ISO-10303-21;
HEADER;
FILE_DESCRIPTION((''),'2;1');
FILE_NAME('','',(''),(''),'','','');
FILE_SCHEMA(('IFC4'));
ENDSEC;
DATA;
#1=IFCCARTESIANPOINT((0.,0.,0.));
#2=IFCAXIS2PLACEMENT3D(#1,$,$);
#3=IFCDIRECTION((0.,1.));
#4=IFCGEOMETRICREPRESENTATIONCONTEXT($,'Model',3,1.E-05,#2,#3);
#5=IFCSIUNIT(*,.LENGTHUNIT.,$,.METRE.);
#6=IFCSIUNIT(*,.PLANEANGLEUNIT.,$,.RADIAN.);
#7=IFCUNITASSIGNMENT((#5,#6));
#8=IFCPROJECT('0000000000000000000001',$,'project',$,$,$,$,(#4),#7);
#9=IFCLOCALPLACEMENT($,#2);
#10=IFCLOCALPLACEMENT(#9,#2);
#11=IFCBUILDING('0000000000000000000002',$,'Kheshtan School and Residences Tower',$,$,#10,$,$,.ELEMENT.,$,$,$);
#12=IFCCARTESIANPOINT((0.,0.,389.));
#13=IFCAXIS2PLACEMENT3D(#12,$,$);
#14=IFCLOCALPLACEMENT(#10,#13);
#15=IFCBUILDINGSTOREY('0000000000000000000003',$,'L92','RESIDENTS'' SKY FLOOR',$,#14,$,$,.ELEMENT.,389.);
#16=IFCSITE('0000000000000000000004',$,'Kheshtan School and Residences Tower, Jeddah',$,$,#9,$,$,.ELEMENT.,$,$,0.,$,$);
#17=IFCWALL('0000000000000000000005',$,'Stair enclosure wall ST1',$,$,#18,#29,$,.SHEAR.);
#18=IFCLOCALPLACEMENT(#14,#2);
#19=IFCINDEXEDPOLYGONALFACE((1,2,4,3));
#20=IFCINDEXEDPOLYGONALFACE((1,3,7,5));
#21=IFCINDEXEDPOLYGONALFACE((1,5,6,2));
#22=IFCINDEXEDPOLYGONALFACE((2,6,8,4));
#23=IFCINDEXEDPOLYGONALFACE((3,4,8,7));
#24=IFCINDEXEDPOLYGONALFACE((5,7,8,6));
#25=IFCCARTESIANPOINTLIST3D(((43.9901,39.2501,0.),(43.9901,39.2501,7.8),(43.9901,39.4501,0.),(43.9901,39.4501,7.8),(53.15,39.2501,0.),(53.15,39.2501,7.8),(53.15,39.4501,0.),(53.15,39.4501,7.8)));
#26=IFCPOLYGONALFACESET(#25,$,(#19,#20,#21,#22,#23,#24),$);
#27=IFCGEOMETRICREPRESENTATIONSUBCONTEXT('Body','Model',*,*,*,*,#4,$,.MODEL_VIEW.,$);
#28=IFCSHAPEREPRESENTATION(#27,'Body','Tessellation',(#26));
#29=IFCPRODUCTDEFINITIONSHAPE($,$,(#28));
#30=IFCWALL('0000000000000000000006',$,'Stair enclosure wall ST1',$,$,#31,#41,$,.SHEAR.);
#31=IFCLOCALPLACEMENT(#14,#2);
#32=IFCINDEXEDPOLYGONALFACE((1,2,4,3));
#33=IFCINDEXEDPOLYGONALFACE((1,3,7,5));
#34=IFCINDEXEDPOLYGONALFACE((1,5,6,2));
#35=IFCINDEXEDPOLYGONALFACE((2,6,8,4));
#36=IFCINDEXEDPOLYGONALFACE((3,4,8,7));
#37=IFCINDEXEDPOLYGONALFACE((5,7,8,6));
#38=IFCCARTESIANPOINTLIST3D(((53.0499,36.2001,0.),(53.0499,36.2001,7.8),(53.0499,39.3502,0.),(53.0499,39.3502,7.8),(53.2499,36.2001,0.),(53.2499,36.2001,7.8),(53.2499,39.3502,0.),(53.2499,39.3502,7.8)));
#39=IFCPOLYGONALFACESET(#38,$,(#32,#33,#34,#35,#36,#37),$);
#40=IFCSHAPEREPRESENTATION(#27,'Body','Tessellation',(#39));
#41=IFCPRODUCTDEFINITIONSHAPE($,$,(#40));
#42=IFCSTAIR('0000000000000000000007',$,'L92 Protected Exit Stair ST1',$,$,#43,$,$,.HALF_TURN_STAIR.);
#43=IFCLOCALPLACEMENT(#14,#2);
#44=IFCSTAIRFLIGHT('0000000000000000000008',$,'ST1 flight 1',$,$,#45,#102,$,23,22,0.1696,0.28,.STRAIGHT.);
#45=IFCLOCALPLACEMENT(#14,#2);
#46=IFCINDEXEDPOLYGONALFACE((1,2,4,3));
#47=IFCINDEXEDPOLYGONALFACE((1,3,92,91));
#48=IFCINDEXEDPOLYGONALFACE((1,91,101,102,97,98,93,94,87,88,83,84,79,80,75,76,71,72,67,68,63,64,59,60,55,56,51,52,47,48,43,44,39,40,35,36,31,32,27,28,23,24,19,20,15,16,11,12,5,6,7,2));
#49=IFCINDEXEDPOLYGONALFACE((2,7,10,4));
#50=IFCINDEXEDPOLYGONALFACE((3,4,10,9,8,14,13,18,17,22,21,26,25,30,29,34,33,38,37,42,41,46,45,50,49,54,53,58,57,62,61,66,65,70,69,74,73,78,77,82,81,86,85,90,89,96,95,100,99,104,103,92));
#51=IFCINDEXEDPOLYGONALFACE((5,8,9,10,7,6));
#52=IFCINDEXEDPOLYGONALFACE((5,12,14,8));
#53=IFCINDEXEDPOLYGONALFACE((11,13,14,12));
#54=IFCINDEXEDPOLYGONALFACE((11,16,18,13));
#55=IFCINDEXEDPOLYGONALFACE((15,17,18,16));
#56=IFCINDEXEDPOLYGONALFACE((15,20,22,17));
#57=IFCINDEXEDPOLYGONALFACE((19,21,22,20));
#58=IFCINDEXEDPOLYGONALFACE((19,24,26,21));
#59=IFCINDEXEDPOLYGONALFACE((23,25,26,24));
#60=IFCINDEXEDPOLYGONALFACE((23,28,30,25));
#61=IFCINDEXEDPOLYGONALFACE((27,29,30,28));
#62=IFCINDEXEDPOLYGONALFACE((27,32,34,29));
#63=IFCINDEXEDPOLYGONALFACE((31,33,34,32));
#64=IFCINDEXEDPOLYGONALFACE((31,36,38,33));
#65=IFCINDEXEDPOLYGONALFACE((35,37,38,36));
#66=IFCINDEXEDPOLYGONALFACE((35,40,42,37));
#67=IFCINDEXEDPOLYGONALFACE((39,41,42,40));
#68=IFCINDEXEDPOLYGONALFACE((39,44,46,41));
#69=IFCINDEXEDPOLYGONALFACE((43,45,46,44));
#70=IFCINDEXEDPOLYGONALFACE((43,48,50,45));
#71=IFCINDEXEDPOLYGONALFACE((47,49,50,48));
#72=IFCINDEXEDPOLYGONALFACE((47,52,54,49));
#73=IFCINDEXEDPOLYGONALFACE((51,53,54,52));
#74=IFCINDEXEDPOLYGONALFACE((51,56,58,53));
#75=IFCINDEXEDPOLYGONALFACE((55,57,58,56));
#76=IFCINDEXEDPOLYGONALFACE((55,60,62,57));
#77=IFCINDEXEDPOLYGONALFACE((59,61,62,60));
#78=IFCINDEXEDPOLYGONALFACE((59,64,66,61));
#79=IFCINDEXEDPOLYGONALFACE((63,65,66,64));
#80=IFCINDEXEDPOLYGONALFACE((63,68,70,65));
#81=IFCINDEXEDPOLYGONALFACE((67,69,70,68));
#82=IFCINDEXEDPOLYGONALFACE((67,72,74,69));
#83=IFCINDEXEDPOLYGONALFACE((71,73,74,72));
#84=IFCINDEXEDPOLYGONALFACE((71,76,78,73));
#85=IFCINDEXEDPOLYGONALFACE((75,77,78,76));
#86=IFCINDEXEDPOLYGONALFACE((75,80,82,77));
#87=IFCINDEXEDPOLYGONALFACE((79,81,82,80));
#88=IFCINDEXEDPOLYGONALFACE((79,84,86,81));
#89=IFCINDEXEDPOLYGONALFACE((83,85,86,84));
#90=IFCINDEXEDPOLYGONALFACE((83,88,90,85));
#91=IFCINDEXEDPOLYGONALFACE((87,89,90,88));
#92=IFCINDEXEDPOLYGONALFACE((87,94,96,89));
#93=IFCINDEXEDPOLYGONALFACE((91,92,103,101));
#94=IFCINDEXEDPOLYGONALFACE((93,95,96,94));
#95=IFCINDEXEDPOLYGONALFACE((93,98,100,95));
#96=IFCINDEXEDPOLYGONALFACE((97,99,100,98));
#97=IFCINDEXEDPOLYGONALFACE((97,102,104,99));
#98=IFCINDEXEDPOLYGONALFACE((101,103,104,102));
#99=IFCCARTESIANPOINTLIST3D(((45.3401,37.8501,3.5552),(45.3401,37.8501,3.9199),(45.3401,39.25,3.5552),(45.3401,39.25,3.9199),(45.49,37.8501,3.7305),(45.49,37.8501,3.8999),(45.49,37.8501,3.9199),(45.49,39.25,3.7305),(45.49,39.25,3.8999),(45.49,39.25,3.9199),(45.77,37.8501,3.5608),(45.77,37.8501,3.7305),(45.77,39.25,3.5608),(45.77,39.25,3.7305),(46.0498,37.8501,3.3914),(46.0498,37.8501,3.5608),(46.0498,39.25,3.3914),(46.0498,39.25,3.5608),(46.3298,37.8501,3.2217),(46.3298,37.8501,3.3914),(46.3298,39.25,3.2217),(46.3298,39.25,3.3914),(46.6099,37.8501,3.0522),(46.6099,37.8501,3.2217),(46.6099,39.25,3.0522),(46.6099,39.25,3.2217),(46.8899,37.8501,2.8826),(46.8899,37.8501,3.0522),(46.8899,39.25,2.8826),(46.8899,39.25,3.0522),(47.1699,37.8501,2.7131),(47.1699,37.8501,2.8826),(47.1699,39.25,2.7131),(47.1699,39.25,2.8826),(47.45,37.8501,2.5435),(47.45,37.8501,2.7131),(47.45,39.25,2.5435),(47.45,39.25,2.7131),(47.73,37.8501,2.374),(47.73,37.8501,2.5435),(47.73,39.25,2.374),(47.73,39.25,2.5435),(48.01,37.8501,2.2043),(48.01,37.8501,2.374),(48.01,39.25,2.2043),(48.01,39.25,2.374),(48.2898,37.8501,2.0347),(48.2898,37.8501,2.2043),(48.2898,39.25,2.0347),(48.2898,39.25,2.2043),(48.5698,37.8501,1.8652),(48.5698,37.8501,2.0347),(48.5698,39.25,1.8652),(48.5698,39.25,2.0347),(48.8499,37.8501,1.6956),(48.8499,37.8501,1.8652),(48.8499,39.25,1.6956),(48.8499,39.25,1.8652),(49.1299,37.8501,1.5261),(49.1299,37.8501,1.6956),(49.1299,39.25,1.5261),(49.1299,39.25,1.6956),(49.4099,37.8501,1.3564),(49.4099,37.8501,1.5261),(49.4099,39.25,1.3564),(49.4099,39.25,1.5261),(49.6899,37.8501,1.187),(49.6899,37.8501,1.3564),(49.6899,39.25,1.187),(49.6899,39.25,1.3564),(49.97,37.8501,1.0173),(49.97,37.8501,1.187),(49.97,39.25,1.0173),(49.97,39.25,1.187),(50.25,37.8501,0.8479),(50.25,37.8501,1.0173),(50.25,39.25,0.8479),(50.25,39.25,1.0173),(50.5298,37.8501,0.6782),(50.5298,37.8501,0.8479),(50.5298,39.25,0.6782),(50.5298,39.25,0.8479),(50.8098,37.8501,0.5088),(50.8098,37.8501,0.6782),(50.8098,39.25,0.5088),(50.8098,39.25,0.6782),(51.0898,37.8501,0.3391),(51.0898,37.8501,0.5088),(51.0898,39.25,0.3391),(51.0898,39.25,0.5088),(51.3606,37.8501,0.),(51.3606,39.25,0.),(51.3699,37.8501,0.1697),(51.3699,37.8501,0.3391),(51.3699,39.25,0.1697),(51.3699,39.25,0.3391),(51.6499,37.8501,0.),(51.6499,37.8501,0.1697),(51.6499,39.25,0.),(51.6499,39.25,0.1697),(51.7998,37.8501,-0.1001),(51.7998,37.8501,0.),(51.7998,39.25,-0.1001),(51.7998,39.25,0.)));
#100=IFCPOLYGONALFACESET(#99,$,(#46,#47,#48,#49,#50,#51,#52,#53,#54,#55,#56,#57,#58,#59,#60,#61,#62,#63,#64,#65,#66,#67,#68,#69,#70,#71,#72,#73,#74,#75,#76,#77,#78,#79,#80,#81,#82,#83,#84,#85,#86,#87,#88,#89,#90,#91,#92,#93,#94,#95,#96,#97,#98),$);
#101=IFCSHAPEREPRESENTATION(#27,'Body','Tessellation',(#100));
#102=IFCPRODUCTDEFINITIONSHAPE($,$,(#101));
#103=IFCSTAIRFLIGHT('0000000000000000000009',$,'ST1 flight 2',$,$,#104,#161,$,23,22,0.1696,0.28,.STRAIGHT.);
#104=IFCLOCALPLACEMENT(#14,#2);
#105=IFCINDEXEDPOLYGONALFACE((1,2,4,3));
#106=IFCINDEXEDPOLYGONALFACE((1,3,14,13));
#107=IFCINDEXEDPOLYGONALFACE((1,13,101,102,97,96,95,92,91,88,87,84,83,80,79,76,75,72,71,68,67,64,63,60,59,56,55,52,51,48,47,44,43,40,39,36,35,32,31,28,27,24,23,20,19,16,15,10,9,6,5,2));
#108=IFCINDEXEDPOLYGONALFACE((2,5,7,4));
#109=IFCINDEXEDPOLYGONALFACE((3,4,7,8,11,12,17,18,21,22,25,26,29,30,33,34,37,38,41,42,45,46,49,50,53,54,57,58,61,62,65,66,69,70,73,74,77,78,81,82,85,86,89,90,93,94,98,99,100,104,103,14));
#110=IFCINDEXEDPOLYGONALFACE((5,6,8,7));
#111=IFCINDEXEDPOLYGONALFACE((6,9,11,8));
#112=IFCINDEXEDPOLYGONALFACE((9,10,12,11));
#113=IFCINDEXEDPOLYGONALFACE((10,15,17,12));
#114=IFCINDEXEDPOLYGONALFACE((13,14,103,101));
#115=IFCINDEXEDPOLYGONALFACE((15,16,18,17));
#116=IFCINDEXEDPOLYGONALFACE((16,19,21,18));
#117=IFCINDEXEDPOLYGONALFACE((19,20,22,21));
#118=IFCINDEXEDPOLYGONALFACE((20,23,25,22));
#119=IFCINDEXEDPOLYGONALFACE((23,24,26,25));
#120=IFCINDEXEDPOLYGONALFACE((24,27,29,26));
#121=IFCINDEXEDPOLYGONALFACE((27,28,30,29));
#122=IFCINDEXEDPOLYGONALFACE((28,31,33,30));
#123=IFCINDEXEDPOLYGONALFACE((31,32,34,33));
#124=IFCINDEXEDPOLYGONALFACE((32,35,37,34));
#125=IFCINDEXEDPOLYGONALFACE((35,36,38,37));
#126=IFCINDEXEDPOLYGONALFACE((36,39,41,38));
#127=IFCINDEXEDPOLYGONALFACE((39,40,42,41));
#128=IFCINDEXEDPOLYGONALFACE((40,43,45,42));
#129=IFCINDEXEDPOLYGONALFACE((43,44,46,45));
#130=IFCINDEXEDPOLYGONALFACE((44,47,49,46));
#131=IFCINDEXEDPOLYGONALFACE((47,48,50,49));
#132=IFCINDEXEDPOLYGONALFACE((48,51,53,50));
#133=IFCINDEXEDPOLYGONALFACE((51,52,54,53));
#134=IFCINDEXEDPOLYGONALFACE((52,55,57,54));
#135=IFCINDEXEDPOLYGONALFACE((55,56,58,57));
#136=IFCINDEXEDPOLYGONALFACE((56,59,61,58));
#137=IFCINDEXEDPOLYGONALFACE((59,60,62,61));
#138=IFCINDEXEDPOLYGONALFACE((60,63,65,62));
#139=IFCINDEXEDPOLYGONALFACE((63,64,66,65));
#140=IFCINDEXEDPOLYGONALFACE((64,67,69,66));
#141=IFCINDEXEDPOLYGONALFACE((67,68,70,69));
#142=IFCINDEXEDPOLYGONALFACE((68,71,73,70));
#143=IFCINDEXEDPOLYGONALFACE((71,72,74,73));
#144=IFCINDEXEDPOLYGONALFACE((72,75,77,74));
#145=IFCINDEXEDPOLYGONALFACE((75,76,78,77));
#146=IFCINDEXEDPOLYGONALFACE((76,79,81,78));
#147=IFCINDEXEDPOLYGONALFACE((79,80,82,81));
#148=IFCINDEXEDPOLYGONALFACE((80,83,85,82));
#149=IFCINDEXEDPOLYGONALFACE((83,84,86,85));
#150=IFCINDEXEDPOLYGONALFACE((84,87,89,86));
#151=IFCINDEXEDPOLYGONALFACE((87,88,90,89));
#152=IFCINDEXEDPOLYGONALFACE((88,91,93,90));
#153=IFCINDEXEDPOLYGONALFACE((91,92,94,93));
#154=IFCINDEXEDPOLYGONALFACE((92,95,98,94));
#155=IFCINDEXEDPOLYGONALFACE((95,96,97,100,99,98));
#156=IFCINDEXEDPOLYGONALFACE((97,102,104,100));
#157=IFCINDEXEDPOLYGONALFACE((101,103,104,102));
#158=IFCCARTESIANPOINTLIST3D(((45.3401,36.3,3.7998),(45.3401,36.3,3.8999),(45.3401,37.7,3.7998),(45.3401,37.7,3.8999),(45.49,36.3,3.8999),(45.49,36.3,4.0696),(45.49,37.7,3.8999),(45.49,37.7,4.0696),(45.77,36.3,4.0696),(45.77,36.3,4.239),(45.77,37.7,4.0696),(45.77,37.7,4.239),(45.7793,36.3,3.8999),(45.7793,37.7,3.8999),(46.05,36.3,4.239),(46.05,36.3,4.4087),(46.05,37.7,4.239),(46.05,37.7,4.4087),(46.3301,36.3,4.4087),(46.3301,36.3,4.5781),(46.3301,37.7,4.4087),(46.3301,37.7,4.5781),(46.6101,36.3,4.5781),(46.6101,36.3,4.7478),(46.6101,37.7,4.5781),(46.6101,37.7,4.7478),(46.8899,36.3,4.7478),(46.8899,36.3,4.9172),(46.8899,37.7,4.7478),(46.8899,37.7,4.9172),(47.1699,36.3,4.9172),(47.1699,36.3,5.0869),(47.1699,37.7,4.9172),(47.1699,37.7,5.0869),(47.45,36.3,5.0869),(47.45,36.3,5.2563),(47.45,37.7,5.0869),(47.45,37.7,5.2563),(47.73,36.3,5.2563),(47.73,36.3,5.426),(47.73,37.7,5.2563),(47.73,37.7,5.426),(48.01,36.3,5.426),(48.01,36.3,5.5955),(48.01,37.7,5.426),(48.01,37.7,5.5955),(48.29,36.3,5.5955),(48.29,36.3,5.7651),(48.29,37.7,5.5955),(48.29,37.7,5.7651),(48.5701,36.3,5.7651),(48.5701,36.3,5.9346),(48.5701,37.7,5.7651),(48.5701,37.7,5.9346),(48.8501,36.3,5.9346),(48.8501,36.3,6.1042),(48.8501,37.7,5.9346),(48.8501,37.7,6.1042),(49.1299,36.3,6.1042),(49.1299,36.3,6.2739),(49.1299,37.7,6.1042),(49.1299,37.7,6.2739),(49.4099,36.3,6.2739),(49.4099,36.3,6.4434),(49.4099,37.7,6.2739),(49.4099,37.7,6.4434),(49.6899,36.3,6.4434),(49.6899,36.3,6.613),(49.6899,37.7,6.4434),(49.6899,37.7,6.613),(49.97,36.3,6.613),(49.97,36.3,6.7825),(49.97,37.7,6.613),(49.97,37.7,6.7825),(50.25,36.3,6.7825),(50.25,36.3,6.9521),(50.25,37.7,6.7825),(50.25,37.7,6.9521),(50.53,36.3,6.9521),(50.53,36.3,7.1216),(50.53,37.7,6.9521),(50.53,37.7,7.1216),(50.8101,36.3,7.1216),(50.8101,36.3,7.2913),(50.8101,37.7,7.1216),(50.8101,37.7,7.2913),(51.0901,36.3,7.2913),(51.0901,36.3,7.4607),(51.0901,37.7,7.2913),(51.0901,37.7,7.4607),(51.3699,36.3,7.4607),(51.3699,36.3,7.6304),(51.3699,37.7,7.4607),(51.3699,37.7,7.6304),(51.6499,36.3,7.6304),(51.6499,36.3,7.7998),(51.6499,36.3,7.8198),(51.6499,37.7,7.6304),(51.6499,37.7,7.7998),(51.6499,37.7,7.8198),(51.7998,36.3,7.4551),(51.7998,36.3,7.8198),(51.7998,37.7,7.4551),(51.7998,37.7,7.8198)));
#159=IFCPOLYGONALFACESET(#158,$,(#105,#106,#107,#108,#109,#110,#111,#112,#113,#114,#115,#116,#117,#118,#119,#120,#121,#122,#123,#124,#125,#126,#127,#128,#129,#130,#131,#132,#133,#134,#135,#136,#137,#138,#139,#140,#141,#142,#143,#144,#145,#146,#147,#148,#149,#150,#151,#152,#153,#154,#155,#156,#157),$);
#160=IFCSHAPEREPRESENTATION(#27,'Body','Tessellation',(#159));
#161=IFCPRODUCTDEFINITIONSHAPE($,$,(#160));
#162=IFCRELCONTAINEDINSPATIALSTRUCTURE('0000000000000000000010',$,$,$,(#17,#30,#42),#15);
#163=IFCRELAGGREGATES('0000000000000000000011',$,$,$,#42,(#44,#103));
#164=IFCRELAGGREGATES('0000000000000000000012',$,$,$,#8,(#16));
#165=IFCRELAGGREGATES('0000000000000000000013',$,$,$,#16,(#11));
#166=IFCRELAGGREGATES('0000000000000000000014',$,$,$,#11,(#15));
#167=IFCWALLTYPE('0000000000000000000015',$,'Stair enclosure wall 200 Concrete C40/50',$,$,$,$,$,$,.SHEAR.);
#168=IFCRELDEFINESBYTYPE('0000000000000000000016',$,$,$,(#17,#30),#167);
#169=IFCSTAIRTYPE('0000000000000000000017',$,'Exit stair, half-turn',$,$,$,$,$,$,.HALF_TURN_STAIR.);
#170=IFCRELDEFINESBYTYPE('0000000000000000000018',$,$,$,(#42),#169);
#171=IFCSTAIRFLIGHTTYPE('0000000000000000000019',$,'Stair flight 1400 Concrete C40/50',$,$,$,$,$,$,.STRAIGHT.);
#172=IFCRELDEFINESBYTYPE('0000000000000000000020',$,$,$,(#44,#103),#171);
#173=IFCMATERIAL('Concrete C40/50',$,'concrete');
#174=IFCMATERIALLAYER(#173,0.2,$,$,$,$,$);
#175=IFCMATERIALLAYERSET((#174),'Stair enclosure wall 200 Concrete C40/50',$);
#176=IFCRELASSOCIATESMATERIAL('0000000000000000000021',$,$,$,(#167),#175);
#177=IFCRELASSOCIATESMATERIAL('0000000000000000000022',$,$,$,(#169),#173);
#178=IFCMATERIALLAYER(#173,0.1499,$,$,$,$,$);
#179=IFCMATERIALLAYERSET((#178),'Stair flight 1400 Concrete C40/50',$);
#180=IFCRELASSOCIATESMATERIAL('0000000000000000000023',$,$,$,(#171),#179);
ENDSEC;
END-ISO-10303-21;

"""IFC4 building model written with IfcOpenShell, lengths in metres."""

from ifc_helpers import new_model, si_unit, direction, frame, frame_2d, origin, place, context, subcontext, project, spatial, polyline, rectangle, outline, extrude, material, layer, layer_set, type_object, element, aggregate, save


model = new_model("IFC4")

# Units and contexts
model_context = context("Model", 3, precision=1e-05, world=origin(), true_north=direction((0.0, 1.0)))
body_context = subcontext(model_context, "Body", "Model", "MODEL_VIEW")
ifc_project = project(units=[si_unit("LENGTHUNIT", "METRE"), si_unit("PLANEANGLEUNIT", "RADIAN")], contexts=[model_context])

# Site, building, storey
site_placement = place(None, origin())
site = spatial("IfcSite", under=ifc_project, at=site_placement, Name="Kheshtan School and Residences Tower, Jeddah", CompositionType="ELEMENT", RefElevation=0.0)
building_placement = place(site_placement, origin())
building = spatial("IfcBuilding", under=site, at=building_placement, Name="Kheshtan School and Residences Tower", CompositionType="ELEMENT")
storey_placement = place(building_placement, frame((0.0, 0.0, 389.0)))
storey = spatial("IfcBuildingStorey", under=building, at=storey_placement, Name="L92", Description="RESIDENTS' SKY FLOOR", CompositionType="ELEMENT", Elevation=389.0)

# Walls
ifc_material_1 = material(Name="Concrete C40/50", Category="concrete")
ifc_layer_1 = layer(ifc_material_1, 0.2)
ifc_layer_set_1 = layer_set([ifc_layer_1], Name="Stair enclosure wall 200 Concrete C40/50")
wall_type_1 = type_object("IfcWallType", Name="Stair enclosure wall 200 Concrete C40/50", PredefinedType="SHEAR", material=ifc_layer_set_1)
wall_1_placement = place(storey_placement, frame((43.99, 39.3501, 0.0), z_axis=(0.0, 0.0, 1.0), x_axis=(1.0, 0.0, 0.0)))
element("IfcWall", 1, at=wall_1_placement, inside=storey, type_object=wall_type_1, Name="Stair enclosure wall ST1", PredefinedType="SHEAR", context=body_context, shape_type="SweptSolid", body=[
    extrude(rectangle(XDim=9.1599, YDim=0.2, at=frame_2d((4.5801, 0.0))), origin(), (0.0, 0.0, 1.0), 7.8),
])
wall_2_placement = place(storey_placement, frame((53.1499, 36.2, 0.0), z_axis=(0.0, 0.0, 1.0), x_axis=(0.0, 1.0, 0.0)))
element("IfcWall", 2, at=wall_2_placement, inside=storey, type_object=wall_type_1, Name="Stair enclosure wall ST1", PredefinedType="SHEAR", context=body_context, shape_type="SweptSolid", body=[
    extrude(rectangle(XDim=3.1501, YDim=0.2, at=frame_2d((1.5752, 0.0))), origin(), (0.0, 0.0, 1.0), 7.8),
])

# Stair, stair flights
stair_type = type_object("IfcStairType", Name="Exit stair, half-turn", PredefinedType="HALF_TURN_STAIR", material=ifc_material_1)
stair_placement = place(storey_placement, origin())
stair = element("IfcStair", 3, at=stair_placement, inside=storey, type_object=stair_type, Name="L92 Protected Exit Stair ST1", PredefinedType="HALF_TURN_STAIR")
ifc_layer_2 = layer(ifc_material_1, 0.1499)
ifc_layer_set_2 = layer_set([ifc_layer_2], Name="Stair flight 1400 Concrete C40/50")
stair_flight_type = type_object("IfcStairFlightType", Name="Stair flight 1400 Concrete C40/50", PredefinedType="STRAIGHT", material=ifc_layer_set_2)
stair_flight_1_placement = place(storey_placement, frame((51.6499, 38.55, 0.0), z_axis=(0.0, 0.0, 1.0), x_axis=(-1.0, 0.0, 0.0)))
stair_flight_1 = element("IfcStairFlight", 4, at=stair_flight_1_placement, type_object=stair_flight_type, Name="ST1 flight 1", NumberOfRisers=23, NumberOfTreads=22, PredefinedType="STRAIGHT", RiserHeight=0.1696, TreadLength=0.28, context=body_context, shape_type="SweptSolid", body=[
    extrude(outline(polyline([(-0.1499, -0.1001), (-0.1499, 0.0), (0.0, 0.0), (0.0, 0.1697), (0.28, 0.1697), (0.28, 0.3391), (0.5601, 0.3391), (0.5601, 0.5088), (0.8401, 0.5088), (0.8401, 0.6782), (1.1201, 0.6782), (1.1201, 0.8479), (1.3999, 0.8479), (1.3999, 1.0173), (1.6799, 1.0173), (1.6799, 1.187), (1.96, 1.187), (1.96, 1.3564), (2.24, 1.3564), (2.24, 1.5261), (2.52, 1.5261), (2.52, 1.6956), (2.8, 1.6956), (2.8, 1.8652), (3.0801, 1.8652), (3.0801, 2.0347), (3.3601, 2.0347), (3.3601, 2.2043), (3.6399, 2.2043), (3.6399, 2.374), (3.9199, 2.374), (3.9199, 2.5435), (4.2, 2.5435), (4.2, 2.7131), (4.48, 2.7131), (4.48, 2.8826), (4.76, 2.8826), (4.76, 3.0522), (5.04, 3.0522), (5.04, 3.2217), (5.3201, 3.2217), (5.3201, 3.3914), (5.6001, 3.3914), (5.6001, 3.5608), (5.8799, 3.5608), (5.8799, 3.7305), (6.1599, 3.7305), (6.1599, 3.8999), (6.1599, 3.9199), (6.3098, 3.9199), (6.3098, 3.5552), (0.2893, 0.0), (-0.1499, -0.1001)])), frame((0.0, 0.7, 0.0), z_axis=(0.0, -1.0, 0.0), x_axis=(1.0, 0.0, 0.0)), (0.0, 0.0, 1.0), 1.3999),
])
stair_flight_2_placement = place(storey_placement, frame((45.49, 37.0, 3.8999), z_axis=(0.0, 0.0, 1.0), x_axis=(1.0, 0.0, 0.0)))
stair_flight_2 = element("IfcStairFlight", 5, at=stair_flight_2_placement, type_object=stair_flight_type, Name="ST1 flight 2", NumberOfRisers=23, NumberOfTreads=22, PredefinedType="STRAIGHT", RiserHeight=0.1696, TreadLength=0.28, context=body_context, shape_type="SweptSolid", body=[
    extrude(outline(polyline([(-0.1499, -0.1001), (-0.1499, 0.0), (0.0, 0.0), (0.0, 0.1697), (0.28, 0.1697), (0.28, 0.3391), (0.5601, 0.3391), (0.5601, 0.5088), (0.8401, 0.5088), (0.8401, 0.6782), (1.1201, 0.6782), (1.1201, 0.8479), (1.3999, 0.8479), (1.3999, 1.0173), (1.6799, 1.0173), (1.6799, 1.187), (1.96, 1.187), (1.96, 1.3564), (2.24, 1.3564), (2.24, 1.5261), (2.52, 1.5261), (2.52, 1.6956), (2.8, 1.6956), (2.8, 1.8652), (3.0801, 1.8652), (3.0801, 2.0347), (3.3601, 2.0347), (3.3601, 2.2043), (3.6399, 2.2043), (3.6399, 2.374), (3.9199, 2.374), (3.9199, 2.5435), (4.2, 2.5435), (4.2, 2.7131), (4.48, 2.7131), (4.48, 2.8826), (4.76, 2.8826), (4.76, 3.0522), (5.04, 3.0522), (5.04, 3.2217), (5.3201, 3.2217), (5.3201, 3.3914), (5.6001, 3.3914), (5.6001, 3.5608), (5.8799, 3.5608), (5.8799, 3.7305), (6.1599, 3.7305), (6.1599, 3.8999), (6.1599, 3.9199), (6.3098, 3.9199), (6.3098, 3.5552), (0.2893, 0.0), (-0.1499, -0.1001)])), frame((0.0, 0.7, 0.0), z_axis=(0.0, -1.0, 0.0), x_axis=(1.0, 0.0, 0.0)), (0.0, 0.0, 1.0), 1.3999),
])
aggregate(stair, [stair_flight_1, stair_flight_2])

save(model, "model.ifc")
